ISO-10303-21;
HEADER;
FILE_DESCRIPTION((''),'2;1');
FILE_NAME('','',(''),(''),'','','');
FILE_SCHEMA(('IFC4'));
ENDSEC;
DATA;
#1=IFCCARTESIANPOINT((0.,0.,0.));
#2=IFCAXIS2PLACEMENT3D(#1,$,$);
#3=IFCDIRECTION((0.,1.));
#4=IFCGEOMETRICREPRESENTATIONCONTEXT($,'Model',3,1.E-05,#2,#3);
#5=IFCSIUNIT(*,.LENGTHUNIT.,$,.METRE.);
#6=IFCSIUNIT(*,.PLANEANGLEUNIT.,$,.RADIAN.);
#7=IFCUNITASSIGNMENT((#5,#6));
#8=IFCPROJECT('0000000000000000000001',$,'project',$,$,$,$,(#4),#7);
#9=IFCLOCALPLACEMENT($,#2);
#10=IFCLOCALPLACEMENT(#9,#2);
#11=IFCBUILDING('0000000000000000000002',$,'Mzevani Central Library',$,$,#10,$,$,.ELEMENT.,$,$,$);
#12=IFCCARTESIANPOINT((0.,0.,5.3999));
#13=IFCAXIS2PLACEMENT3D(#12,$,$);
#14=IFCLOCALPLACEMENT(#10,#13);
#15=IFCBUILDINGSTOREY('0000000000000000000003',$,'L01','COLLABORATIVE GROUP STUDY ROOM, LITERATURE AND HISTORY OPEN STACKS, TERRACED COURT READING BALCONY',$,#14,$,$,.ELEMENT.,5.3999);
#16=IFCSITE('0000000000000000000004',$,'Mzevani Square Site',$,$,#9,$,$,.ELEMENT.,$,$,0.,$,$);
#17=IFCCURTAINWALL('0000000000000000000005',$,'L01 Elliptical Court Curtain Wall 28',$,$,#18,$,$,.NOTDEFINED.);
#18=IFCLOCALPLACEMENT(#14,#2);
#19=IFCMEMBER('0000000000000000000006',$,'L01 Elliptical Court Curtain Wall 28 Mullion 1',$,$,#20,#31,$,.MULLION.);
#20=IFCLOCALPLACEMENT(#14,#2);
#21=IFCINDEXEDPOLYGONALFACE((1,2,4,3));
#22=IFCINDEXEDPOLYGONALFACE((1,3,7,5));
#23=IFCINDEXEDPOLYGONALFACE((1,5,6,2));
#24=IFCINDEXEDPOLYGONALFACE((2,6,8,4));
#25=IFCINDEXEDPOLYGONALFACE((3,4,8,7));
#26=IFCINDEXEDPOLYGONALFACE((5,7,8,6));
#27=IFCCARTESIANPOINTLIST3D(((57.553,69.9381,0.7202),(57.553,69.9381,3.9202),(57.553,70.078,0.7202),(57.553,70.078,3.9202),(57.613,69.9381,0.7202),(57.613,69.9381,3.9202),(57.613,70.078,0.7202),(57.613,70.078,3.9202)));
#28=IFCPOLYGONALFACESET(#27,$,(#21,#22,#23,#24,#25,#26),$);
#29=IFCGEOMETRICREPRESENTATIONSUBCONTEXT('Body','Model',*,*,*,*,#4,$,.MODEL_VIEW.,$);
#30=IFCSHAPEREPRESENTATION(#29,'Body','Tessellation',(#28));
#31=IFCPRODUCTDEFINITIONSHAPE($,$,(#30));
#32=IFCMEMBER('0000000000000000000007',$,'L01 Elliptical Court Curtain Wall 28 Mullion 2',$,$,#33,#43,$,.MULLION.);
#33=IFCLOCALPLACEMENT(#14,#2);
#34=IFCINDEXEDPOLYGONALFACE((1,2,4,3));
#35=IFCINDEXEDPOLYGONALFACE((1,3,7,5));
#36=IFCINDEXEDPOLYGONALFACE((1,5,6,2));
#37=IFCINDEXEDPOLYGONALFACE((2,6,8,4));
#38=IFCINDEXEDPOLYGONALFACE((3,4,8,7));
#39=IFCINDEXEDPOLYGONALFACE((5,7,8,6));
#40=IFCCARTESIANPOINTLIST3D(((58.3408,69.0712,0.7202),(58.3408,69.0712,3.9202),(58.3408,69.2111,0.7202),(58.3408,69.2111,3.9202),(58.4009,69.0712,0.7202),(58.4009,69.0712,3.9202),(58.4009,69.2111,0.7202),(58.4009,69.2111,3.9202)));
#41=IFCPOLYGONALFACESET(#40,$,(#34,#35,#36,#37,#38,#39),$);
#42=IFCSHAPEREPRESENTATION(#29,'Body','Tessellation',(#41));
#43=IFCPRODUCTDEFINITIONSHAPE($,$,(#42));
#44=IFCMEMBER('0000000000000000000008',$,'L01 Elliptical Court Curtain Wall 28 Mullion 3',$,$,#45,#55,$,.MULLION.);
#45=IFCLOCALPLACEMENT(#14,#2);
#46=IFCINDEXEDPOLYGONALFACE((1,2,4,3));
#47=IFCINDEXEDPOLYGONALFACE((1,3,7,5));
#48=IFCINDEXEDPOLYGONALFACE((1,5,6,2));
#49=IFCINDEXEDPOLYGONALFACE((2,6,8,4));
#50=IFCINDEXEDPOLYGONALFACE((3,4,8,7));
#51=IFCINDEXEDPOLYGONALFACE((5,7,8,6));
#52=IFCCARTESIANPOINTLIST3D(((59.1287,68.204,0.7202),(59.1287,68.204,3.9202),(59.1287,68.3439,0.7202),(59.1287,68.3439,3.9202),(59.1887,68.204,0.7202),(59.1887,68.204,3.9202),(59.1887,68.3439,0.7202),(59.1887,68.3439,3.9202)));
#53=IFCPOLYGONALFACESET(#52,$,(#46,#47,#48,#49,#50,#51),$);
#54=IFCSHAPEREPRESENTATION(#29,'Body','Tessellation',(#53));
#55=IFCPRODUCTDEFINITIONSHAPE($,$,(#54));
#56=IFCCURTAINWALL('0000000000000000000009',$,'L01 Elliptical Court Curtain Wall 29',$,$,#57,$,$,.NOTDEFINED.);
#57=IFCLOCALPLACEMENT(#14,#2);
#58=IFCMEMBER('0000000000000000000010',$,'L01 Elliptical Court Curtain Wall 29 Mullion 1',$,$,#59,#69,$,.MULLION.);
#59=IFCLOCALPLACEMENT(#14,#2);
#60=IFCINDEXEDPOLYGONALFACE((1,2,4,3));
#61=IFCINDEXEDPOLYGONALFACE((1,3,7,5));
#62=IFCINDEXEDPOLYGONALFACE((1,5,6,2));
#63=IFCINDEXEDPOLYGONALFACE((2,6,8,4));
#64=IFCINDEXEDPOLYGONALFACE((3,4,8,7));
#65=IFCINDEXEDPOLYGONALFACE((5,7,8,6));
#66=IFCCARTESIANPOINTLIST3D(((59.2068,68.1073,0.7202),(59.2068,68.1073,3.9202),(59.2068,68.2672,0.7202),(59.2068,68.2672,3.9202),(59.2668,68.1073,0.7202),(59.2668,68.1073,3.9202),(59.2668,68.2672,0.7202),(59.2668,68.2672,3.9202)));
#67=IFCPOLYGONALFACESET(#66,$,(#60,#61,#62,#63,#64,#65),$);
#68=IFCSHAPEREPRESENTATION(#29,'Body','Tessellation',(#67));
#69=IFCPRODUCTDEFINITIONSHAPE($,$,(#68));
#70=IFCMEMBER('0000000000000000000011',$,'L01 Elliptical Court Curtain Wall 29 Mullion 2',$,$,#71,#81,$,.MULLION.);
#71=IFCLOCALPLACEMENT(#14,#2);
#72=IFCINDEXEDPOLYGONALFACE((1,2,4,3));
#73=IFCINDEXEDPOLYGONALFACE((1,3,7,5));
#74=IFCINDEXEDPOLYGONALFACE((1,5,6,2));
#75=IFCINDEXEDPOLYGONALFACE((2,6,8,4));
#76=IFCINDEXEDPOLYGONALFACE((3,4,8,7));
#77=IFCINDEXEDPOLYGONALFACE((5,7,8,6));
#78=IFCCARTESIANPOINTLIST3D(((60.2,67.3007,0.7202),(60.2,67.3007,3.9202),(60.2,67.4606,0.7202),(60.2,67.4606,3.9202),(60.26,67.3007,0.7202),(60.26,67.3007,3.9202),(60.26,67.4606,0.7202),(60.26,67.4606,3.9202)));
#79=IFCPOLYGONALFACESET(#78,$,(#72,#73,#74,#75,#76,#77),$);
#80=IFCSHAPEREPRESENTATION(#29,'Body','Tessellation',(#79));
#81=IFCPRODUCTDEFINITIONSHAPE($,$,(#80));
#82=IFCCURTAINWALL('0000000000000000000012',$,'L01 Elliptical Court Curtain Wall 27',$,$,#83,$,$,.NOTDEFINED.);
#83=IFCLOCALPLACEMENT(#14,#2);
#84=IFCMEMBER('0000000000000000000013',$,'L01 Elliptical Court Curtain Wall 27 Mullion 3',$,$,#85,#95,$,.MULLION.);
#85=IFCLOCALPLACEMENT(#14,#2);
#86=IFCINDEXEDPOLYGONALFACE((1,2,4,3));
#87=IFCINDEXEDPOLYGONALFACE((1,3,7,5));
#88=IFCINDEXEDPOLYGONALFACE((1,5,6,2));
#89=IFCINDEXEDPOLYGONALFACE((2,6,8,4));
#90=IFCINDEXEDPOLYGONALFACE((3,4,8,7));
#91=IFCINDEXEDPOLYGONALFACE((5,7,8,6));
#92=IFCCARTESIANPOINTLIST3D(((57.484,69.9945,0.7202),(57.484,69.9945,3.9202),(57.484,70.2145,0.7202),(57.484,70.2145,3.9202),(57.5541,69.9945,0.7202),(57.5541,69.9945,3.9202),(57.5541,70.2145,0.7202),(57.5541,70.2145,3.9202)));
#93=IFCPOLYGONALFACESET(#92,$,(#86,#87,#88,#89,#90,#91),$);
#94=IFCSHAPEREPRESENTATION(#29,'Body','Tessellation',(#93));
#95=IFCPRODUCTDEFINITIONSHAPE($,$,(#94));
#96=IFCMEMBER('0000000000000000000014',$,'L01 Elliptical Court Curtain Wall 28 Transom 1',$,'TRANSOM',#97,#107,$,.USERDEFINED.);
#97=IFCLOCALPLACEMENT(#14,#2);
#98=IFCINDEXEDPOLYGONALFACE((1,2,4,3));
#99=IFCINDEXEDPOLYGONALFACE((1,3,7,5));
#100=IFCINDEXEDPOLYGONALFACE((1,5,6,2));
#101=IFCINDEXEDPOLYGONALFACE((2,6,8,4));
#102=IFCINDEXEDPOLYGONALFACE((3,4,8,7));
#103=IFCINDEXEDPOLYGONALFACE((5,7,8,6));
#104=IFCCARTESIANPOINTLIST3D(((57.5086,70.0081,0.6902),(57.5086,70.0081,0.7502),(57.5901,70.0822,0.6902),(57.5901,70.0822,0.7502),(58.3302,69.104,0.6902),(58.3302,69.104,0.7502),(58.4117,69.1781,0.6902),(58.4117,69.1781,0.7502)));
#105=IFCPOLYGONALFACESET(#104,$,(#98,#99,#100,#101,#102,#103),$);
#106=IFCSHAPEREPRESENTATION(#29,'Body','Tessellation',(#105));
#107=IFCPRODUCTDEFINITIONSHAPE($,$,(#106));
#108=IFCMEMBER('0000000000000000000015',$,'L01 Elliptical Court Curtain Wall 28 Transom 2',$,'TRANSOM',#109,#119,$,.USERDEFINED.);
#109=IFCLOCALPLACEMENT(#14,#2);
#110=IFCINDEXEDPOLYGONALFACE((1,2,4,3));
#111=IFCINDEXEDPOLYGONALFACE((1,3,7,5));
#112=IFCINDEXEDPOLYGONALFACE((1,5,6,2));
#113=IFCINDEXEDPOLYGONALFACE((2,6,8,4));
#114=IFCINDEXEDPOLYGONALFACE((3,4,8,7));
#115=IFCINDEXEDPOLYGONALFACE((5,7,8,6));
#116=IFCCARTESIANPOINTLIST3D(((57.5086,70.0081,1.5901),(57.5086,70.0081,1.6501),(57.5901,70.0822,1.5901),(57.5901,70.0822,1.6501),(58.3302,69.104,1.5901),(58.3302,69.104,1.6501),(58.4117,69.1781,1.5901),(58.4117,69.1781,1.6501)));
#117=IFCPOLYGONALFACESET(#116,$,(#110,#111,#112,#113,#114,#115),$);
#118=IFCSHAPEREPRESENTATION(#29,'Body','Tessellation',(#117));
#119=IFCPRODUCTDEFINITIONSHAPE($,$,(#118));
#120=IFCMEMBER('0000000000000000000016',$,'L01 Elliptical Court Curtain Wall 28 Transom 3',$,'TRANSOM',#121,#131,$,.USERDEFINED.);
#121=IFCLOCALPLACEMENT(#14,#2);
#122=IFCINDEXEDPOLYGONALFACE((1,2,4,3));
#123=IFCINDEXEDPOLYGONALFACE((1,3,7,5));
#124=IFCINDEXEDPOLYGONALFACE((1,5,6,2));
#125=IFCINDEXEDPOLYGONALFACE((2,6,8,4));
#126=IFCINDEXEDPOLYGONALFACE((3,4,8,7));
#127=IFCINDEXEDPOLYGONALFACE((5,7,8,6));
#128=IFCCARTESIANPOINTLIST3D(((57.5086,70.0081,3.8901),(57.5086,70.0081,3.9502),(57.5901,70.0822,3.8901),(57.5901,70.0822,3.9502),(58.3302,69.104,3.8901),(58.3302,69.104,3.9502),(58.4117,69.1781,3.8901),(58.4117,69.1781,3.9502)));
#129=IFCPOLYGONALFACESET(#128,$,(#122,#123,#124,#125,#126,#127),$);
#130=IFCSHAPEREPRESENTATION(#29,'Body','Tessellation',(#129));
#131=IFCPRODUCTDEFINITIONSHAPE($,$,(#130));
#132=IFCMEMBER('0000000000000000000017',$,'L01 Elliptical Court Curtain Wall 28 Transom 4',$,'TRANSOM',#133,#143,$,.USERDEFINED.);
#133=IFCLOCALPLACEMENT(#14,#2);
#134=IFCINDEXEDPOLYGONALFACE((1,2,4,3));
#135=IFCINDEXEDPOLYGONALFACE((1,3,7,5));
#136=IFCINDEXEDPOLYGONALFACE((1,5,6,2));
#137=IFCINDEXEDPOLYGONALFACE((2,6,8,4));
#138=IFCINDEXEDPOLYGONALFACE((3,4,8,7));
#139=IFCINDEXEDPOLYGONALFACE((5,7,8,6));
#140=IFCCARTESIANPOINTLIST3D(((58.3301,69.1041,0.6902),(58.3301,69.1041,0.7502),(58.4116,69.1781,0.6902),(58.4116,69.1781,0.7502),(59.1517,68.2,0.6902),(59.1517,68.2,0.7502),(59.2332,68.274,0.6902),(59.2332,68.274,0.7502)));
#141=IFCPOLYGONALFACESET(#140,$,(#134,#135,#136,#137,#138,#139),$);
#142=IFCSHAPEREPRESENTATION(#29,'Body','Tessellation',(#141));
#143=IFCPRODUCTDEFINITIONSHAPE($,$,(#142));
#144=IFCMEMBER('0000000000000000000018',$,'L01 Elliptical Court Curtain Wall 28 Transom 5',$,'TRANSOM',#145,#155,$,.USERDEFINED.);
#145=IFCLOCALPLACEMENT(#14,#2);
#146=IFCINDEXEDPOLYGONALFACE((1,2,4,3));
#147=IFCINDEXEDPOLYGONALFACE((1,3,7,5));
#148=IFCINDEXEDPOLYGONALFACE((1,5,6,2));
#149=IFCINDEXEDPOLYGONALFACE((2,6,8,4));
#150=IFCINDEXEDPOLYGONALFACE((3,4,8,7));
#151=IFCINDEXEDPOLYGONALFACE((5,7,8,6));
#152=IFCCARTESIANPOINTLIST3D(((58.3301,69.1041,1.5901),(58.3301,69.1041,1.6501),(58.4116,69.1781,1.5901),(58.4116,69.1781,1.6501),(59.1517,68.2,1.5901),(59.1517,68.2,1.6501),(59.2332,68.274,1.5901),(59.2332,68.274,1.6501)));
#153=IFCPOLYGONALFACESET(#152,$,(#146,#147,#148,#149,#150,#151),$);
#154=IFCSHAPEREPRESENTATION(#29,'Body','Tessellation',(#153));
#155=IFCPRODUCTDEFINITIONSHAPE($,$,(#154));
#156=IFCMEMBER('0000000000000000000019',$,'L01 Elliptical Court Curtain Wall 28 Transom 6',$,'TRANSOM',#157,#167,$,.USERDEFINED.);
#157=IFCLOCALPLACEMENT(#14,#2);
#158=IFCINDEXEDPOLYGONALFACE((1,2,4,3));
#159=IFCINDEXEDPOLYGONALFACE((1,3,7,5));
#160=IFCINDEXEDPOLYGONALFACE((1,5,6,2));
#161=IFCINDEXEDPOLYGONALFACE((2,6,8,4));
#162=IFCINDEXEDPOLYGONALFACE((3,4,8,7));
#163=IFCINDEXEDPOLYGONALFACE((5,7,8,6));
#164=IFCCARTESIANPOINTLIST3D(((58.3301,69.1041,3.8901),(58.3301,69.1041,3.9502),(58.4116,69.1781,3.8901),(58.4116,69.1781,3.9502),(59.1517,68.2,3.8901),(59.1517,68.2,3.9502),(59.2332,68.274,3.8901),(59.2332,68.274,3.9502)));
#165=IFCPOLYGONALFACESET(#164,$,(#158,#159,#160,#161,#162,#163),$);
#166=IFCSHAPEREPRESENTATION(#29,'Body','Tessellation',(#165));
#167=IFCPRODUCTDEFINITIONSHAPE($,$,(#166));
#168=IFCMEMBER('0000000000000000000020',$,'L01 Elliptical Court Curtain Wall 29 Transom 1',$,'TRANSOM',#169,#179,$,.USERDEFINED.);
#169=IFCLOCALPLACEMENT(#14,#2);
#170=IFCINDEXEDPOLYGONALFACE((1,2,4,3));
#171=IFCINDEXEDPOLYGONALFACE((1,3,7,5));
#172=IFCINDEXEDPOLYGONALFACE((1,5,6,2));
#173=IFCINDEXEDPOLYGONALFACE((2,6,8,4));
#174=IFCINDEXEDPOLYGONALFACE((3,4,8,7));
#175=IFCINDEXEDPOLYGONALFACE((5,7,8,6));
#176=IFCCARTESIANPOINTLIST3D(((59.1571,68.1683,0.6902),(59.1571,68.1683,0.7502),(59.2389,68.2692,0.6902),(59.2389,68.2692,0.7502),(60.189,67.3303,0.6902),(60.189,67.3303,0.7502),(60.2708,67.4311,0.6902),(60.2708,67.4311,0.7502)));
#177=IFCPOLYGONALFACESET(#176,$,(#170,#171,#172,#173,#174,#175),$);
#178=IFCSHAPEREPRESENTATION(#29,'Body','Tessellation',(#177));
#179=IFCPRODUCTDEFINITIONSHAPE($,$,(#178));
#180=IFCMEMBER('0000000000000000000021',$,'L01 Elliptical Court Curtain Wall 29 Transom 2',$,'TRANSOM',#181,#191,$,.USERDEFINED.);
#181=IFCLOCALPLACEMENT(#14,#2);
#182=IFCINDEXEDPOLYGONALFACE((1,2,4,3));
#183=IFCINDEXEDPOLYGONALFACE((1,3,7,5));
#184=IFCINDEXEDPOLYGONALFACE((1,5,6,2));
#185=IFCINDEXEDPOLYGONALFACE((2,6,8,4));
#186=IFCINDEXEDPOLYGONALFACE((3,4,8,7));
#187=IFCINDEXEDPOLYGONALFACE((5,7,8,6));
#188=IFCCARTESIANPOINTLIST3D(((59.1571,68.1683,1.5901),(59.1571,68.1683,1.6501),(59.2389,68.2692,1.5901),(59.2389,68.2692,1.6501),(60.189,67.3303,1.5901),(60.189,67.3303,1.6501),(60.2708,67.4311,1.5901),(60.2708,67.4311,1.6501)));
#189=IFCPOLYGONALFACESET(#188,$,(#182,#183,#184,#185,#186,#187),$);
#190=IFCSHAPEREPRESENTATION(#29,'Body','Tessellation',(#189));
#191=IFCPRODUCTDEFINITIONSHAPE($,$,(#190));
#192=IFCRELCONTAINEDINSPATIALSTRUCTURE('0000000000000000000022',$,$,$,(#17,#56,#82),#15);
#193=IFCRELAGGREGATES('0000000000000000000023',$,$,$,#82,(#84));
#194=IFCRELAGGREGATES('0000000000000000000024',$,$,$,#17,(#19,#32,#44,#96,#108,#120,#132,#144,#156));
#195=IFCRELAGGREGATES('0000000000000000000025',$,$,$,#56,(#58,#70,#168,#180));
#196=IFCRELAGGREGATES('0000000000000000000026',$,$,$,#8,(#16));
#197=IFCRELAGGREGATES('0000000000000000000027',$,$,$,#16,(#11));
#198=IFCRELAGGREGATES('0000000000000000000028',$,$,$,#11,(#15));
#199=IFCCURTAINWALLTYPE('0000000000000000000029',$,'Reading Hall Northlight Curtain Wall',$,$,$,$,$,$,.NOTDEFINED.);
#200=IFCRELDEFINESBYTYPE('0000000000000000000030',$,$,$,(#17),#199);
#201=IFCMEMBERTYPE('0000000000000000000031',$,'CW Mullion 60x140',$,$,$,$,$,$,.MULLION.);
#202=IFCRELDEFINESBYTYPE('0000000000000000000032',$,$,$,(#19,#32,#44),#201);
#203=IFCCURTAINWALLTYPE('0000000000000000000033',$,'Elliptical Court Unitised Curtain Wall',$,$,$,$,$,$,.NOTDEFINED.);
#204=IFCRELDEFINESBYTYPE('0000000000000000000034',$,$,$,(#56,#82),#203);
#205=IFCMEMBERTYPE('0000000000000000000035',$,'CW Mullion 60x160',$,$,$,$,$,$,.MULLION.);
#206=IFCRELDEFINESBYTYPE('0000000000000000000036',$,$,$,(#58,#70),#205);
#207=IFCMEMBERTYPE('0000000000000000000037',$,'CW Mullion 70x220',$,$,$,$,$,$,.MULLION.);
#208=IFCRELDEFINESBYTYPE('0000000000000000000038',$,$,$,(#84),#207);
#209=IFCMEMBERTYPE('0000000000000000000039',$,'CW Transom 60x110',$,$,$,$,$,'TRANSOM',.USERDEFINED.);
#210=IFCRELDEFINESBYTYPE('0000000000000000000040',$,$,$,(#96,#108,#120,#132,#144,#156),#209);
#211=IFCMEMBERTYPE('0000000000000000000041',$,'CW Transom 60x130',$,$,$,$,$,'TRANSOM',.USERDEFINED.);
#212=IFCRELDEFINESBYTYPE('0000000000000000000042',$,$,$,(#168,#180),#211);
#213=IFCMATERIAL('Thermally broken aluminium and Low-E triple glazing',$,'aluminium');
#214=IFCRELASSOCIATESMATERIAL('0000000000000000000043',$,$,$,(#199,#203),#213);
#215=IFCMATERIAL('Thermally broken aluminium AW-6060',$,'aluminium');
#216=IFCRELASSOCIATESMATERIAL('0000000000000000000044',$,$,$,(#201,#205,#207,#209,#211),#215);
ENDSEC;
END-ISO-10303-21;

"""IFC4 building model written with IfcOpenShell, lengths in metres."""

from ifc_helpers import new_model, si_unit, direction, frame, origin, origin_2d, place, context, subcontext, project, spatial, rectangle, extrude, material, material_profile, profile_set, type_object, element, aggregate, save


model = new_model("IFC4")

# Units and contexts
model_context = context("Model", 3, precision=1e-05, world=origin(), true_north=direction((0.0, 1.0)))
body_context = subcontext(model_context, "Body", "Model", "MODEL_VIEW")
ifc_project = project(units=[si_unit("LENGTHUNIT", "METRE"), si_unit("PLANEANGLEUNIT", "RADIAN")], contexts=[model_context])

# Site, building, storey
site_placement = place(None, origin())
site = spatial("IfcSite", under=ifc_project, at=site_placement, Name="Mzevani Square Site", CompositionType="ELEMENT", RefElevation=0.0)
building_placement = place(site_placement, origin())
building = spatial("IfcBuilding", under=site, at=building_placement, Name="Mzevani Central Library", CompositionType="ELEMENT")
storey_placement = place(building_placement, frame((0.0, 0.0, 5.3999)))
storey = spatial("IfcBuildingStorey", under=building, at=storey_placement, Name="L01", Description="COLLABORATIVE GROUP STUDY ROOM, LITERATURE AND HISTORY OPEN STACKS, TERRACED COURT READING BALCONY", CompositionType="ELEMENT", Elevation=5.3999)

# Curtain walls, members
ifc_material_1 = material(Name="Thermally broken aluminium and Low-E triple glazing", Category="aluminium")
curtain_wall_type_1 = type_object("IfcCurtainWallType", Name="Reading Hall Northlight Curtain Wall", PredefinedType="NOTDEFINED", material=ifc_material_1)
curtain_wall_1_placement = place(storey_placement, origin())
curtain_wall_1 = element("IfcCurtainWall", 1, at=curtain_wall_1_placement, inside=storey, type_object=curtain_wall_type_1, Name="L01 Elliptical Court Curtain Wall 28", PredefinedType="NOTDEFINED")
ifc_material_2 = material(Name="Thermally broken aluminium AW-6060", Category="aluminium")
ifc_material_profile_1 = material_profile(ifc_material_2, rectangle(XDim=0.0601, YDim=0.1399, at=origin_2d()), Name="ALU M60x140")
ifc_profile_set_1 = profile_set([ifc_material_profile_1], Name="Thermally broken aluminium AW-6060")
member_type_1 = type_object("IfcMemberType", Name="CW Mullion 60x140", PredefinedType="MULLION", material=ifc_profile_set_1)
member_1_placement = place(storey_placement, frame((57.583, 70.0081, 0.7202), z_axis=(0.0, 0.0, 1.0), x_axis=(1.0, 0.0, 0.0)))
member_1 = element("IfcMember", 2, at=member_1_placement, type_object=member_type_1, Name="L01 Elliptical Court Curtain Wall 28 Mullion 1", PredefinedType="MULLION", context=body_context, shape_type="SweptSolid", body=[
    extrude(rectangle(XDim=0.0601, YDim=0.1399, at=origin_2d()), origin(), (0.0, 0.0, 1.0), 3.2),
])
member_2_placement = place(storey_placement, frame((58.3708, 69.1411, 0.7202), z_axis=(0.0, 0.0, 1.0), x_axis=(1.0, 0.0, 0.0)))
member_2 = element("IfcMember", 3, at=member_2_placement, type_object=member_type_1, Name="L01 Elliptical Court Curtain Wall 28 Mullion 2", PredefinedType="MULLION", context=body_context, shape_type="SweptSolid", body=[
    extrude(rectangle(XDim=0.0601, YDim=0.1399, at=origin_2d()), origin(), (0.0, 0.0, 1.0), 3.2),
])
member_3_placement = place(storey_placement, frame((59.1587, 68.2739, 0.7202), z_axis=(0.0, 0.0, 1.0), x_axis=(1.0, 0.0, 0.0)))
member_3 = element("IfcMember", 4, at=member_3_placement, type_object=member_type_1, Name="L01 Elliptical Court Curtain Wall 28 Mullion 3", PredefinedType="MULLION", context=body_context, shape_type="SweptSolid", body=[
    extrude(rectangle(XDim=0.0601, YDim=0.1399, at=origin_2d()), origin(), (0.0, 0.0, 1.0), 3.2),
])
curtain_wall_type_2 = type_object("IfcCurtainWallType", Name="Elliptical Court Unitised Curtain Wall", PredefinedType="NOTDEFINED", material=ifc_material_1)
curtain_wall_2_placement = place(storey_placement, origin())
curtain_wall_2 = element("IfcCurtainWall", 5, at=curtain_wall_2_placement, inside=storey, type_object=curtain_wall_type_2, Name="L01 Elliptical Court Curtain Wall 29", PredefinedType="NOTDEFINED")
ifc_material_profile_2 = material_profile(ifc_material_2, rectangle(XDim=0.0601, YDim=0.1599, at=origin_2d()), Name="ALU M60x160")
ifc_profile_set_2 = profile_set([ifc_material_profile_2], Name="Thermally broken aluminium AW-6060")
member_type_2 = type_object("IfcMemberType", Name="CW Mullion 60x160", PredefinedType="MULLION", material=ifc_profile_set_2)
member_4_placement = place(storey_placement, frame((59.2368, 68.1873, 0.7202), z_axis=(0.0, 0.0, 1.0), x_axis=(1.0, 0.0, 0.0)))
member_4 = element("IfcMember", 6, at=member_4_placement, type_object=member_type_2, Name="L01 Elliptical Court Curtain Wall 29 Mullion 1", PredefinedType="MULLION", context=body_context, shape_type="SweptSolid", body=[
    extrude(rectangle(XDim=0.0601, YDim=0.1599, at=origin_2d()), origin(), (0.0, 0.0, 1.0), 3.2),
])
member_5_placement = place(storey_placement, frame((60.23, 67.3806, 0.7202), z_axis=(0.0, 0.0, 1.0), x_axis=(1.0, 0.0, 0.0)))
member_5 = element("IfcMember", 7, at=member_5_placement, type_object=member_type_2, Name="L01 Elliptical Court Curtain Wall 29 Mullion 2", PredefinedType="MULLION", context=body_context, shape_type="SweptSolid", body=[
    extrude(rectangle(XDim=0.0601, YDim=0.1599, at=origin_2d()), origin(), (0.0, 0.0, 1.0), 3.2),
])

# Curtain wall, member
curtain_wall_3_placement = place(storey_placement, origin())
curtain_wall_3 = element("IfcCurtainWall", 8, at=curtain_wall_3_placement, inside=storey, type_object=curtain_wall_type_2, Name="L01 Elliptical Court Curtain Wall 27", PredefinedType="NOTDEFINED")
ifc_material_profile_3 = material_profile(ifc_material_2, rectangle(XDim=0.0701, YDim=0.22, at=origin_2d()), Name="ALU M70x220")
ifc_profile_set_3 = profile_set([ifc_material_profile_3], Name="Thermally broken aluminium AW-6060")
member_type_3 = type_object("IfcMemberType", Name="CW Mullion 70x220", PredefinedType="MULLION", material=ifc_profile_set_3)
member_6_placement = place(storey_placement, frame((57.519, 70.1045, 0.7202), z_axis=(0.0, 0.0, 1.0), x_axis=(1.0, 0.0, 0.0)))
member_6 = element("IfcMember", 9, at=member_6_placement, type_object=member_type_3, Name="L01 Elliptical Court Curtain Wall 27 Mullion 3", PredefinedType="MULLION", context=body_context, shape_type="SweptSolid", body=[
    extrude(rectangle(XDim=0.0701, YDim=0.22, at=origin_2d()), origin(), (0.0, 0.0, 1.0), 3.2),
])

# Members
ifc_material_profile_4 = material_profile(ifc_material_2, rectangle(XDim=0.1101, YDim=0.0601, at=origin_2d()), Name="ALU T60x110")
ifc_profile_set_4 = profile_set([ifc_material_profile_4], Name="Thermally broken aluminium AW-6060")
member_type_4 = type_object("IfcMemberType", Name="CW Transom 60x110", ElementType="TRANSOM", PredefinedType="USERDEFINED", material=ifc_profile_set_4)
member_7_placement = place(storey_placement, frame((57.5493, 70.0452, 0.7202), z_axis=(0.672524, -0.740076, 0.0), x_axis=(0.740076, 0.672524, 0.0)))
member_7 = element("IfcMember", 10, at=member_7_placement, type_object=member_type_4, Name="L01 Elliptical Court Curtain Wall 28 Transom 1", ObjectType="TRANSOM", PredefinedType="USERDEFINED", context=body_context, shape_type="SweptSolid", body=[
    extrude(rectangle(XDim=0.1101, YDim=0.0601, at=origin_2d()), origin(), (0.0, 0.0, 1.0), 1.2217),
])
member_8_placement = place(storey_placement, frame((57.5493, 70.0452, 1.6201), z_axis=(0.672524, -0.740076, 0.0), x_axis=(0.740076, 0.672524, 0.0)))
member_8 = element("IfcMember", 11, at=member_8_placement, type_object=member_type_4, Name="L01 Elliptical Court Curtain Wall 28 Transom 2", ObjectType="TRANSOM", PredefinedType="USERDEFINED", context=body_context, shape_type="SweptSolid", body=[
    extrude(rectangle(XDim=0.1101, YDim=0.0601, at=origin_2d()), origin(), (0.0, 0.0, 1.0), 1.2217),
])
member_9_placement = place(storey_placement, frame((57.5493, 70.0452, 3.9202), z_axis=(0.672524, -0.740076, 0.0), x_axis=(0.740076, 0.672524, 0.0)))
member_9 = element("IfcMember", 12, at=member_9_placement, type_object=member_type_4, Name="L01 Elliptical Court Curtain Wall 28 Transom 3", ObjectType="TRANSOM", PredefinedType="USERDEFINED", context=body_context, shape_type="SweptSolid", body=[
    extrude(rectangle(XDim=0.1101, YDim=0.0601, at=origin_2d()), origin(), (0.0, 0.0, 1.0), 1.2217),
])
member_10_placement = place(storey_placement, frame((58.3708, 69.1411, 0.7202), z_axis=(0.672524, -0.740076, 0.0), x_axis=(0.740076, 0.672524, 0.0)))
member_10 = element("IfcMember", 13, at=member_10_placement, type_object=member_type_4, Name="L01 Elliptical Court Curtain Wall 28 Transom 4", ObjectType="TRANSOM", PredefinedType="USERDEFINED", context=body_context, shape_type="SweptSolid", body=[
    extrude(rectangle(XDim=0.1101, YDim=0.0601, at=origin_2d()), origin(), (0.0, 0.0, 1.0), 1.2217),
])
member_11_placement = place(storey_placement, frame((58.3708, 69.1411, 1.6201), z_axis=(0.672524, -0.740076, 0.0), x_axis=(0.740076, 0.672524, 0.0)))
member_11 = element("IfcMember", 14, at=member_11_placement, type_object=member_type_4, Name="L01 Elliptical Court Curtain Wall 28 Transom 5", ObjectType="TRANSOM", PredefinedType="USERDEFINED", context=body_context, shape_type="SweptSolid", body=[
    extrude(rectangle(XDim=0.1101, YDim=0.0601, at=origin_2d()), origin(), (0.0, 0.0, 1.0), 1.2217),
])
member_12_placement = place(storey_placement, frame((58.3708, 69.1411, 3.9202), z_axis=(0.672524, -0.740076, 0.0), x_axis=(0.740076, 0.672524, 0.0)))
member_12 = element("IfcMember", 15, at=member_12_placement, type_object=member_type_4, Name="L01 Elliptical Court Curtain Wall 28 Transom 6", ObjectType="TRANSOM", PredefinedType="USERDEFINED", context=body_context, shape_type="SweptSolid", body=[
    extrude(rectangle(XDim=0.1101, YDim=0.0601, at=origin_2d()), origin(), (0.0, 0.0, 1.0), 1.2217),
])
ifc_material_profile_5 = material_profile(ifc_material_2, rectangle(XDim=0.1299, YDim=0.0601, at=origin_2d()), Name="ALU T60x130")
ifc_profile_set_5 = profile_set([ifc_material_profile_5], Name="Thermally broken aluminium AW-6060")
member_type_5 = type_object("IfcMemberType", Name="CW Transom 60x130", ElementType="TRANSOM", PredefinedType="USERDEFINED", material=ifc_profile_set_5)
member_13_placement = place(storey_placement, frame((59.198, 68.2188, 0.7202), z_axis=(0.776243, -0.630434, 0.0), x_axis=(0.630434, 0.776243, 0.0)))
member_13 = element("IfcMember", 16, at=member_13_placement, type_object=member_type_5, Name="L01 Elliptical Court Curtain Wall 29 Transom 1", ObjectType="TRANSOM", PredefinedType="USERDEFINED", context=body_context, shape_type="SweptSolid", body=[
    extrude(rectangle(XDim=0.1299, YDim=0.0601, at=origin_2d()), origin(), (0.0, 0.0, 1.0), 1.3293),
])
member_14_placement = place(storey_placement, frame((59.198, 68.2188, 1.6201), z_axis=(0.776243, -0.630434, 0.0), x_axis=(0.630434, 0.776243, 0.0)))
member_14 = element("IfcMember", 17, at=member_14_placement, type_object=member_type_5, Name="L01 Elliptical Court Curtain Wall 29 Transom 2", ObjectType="TRANSOM", PredefinedType="USERDEFINED", context=body_context, shape_type="SweptSolid", body=[
    extrude(rectangle(XDim=0.1299, YDim=0.0601, at=origin_2d()), origin(), (0.0, 0.0, 1.0), 1.3293),
])

aggregate(curtain_wall_3, [member_6])
aggregate(curtain_wall_1, [member_1, member_2, member_3, member_7, member_8, member_9, member_10, member_11, member_12])
aggregate(curtain_wall_2, [member_4, member_5, member_13, member_14])

save(model, "model.ifc")
